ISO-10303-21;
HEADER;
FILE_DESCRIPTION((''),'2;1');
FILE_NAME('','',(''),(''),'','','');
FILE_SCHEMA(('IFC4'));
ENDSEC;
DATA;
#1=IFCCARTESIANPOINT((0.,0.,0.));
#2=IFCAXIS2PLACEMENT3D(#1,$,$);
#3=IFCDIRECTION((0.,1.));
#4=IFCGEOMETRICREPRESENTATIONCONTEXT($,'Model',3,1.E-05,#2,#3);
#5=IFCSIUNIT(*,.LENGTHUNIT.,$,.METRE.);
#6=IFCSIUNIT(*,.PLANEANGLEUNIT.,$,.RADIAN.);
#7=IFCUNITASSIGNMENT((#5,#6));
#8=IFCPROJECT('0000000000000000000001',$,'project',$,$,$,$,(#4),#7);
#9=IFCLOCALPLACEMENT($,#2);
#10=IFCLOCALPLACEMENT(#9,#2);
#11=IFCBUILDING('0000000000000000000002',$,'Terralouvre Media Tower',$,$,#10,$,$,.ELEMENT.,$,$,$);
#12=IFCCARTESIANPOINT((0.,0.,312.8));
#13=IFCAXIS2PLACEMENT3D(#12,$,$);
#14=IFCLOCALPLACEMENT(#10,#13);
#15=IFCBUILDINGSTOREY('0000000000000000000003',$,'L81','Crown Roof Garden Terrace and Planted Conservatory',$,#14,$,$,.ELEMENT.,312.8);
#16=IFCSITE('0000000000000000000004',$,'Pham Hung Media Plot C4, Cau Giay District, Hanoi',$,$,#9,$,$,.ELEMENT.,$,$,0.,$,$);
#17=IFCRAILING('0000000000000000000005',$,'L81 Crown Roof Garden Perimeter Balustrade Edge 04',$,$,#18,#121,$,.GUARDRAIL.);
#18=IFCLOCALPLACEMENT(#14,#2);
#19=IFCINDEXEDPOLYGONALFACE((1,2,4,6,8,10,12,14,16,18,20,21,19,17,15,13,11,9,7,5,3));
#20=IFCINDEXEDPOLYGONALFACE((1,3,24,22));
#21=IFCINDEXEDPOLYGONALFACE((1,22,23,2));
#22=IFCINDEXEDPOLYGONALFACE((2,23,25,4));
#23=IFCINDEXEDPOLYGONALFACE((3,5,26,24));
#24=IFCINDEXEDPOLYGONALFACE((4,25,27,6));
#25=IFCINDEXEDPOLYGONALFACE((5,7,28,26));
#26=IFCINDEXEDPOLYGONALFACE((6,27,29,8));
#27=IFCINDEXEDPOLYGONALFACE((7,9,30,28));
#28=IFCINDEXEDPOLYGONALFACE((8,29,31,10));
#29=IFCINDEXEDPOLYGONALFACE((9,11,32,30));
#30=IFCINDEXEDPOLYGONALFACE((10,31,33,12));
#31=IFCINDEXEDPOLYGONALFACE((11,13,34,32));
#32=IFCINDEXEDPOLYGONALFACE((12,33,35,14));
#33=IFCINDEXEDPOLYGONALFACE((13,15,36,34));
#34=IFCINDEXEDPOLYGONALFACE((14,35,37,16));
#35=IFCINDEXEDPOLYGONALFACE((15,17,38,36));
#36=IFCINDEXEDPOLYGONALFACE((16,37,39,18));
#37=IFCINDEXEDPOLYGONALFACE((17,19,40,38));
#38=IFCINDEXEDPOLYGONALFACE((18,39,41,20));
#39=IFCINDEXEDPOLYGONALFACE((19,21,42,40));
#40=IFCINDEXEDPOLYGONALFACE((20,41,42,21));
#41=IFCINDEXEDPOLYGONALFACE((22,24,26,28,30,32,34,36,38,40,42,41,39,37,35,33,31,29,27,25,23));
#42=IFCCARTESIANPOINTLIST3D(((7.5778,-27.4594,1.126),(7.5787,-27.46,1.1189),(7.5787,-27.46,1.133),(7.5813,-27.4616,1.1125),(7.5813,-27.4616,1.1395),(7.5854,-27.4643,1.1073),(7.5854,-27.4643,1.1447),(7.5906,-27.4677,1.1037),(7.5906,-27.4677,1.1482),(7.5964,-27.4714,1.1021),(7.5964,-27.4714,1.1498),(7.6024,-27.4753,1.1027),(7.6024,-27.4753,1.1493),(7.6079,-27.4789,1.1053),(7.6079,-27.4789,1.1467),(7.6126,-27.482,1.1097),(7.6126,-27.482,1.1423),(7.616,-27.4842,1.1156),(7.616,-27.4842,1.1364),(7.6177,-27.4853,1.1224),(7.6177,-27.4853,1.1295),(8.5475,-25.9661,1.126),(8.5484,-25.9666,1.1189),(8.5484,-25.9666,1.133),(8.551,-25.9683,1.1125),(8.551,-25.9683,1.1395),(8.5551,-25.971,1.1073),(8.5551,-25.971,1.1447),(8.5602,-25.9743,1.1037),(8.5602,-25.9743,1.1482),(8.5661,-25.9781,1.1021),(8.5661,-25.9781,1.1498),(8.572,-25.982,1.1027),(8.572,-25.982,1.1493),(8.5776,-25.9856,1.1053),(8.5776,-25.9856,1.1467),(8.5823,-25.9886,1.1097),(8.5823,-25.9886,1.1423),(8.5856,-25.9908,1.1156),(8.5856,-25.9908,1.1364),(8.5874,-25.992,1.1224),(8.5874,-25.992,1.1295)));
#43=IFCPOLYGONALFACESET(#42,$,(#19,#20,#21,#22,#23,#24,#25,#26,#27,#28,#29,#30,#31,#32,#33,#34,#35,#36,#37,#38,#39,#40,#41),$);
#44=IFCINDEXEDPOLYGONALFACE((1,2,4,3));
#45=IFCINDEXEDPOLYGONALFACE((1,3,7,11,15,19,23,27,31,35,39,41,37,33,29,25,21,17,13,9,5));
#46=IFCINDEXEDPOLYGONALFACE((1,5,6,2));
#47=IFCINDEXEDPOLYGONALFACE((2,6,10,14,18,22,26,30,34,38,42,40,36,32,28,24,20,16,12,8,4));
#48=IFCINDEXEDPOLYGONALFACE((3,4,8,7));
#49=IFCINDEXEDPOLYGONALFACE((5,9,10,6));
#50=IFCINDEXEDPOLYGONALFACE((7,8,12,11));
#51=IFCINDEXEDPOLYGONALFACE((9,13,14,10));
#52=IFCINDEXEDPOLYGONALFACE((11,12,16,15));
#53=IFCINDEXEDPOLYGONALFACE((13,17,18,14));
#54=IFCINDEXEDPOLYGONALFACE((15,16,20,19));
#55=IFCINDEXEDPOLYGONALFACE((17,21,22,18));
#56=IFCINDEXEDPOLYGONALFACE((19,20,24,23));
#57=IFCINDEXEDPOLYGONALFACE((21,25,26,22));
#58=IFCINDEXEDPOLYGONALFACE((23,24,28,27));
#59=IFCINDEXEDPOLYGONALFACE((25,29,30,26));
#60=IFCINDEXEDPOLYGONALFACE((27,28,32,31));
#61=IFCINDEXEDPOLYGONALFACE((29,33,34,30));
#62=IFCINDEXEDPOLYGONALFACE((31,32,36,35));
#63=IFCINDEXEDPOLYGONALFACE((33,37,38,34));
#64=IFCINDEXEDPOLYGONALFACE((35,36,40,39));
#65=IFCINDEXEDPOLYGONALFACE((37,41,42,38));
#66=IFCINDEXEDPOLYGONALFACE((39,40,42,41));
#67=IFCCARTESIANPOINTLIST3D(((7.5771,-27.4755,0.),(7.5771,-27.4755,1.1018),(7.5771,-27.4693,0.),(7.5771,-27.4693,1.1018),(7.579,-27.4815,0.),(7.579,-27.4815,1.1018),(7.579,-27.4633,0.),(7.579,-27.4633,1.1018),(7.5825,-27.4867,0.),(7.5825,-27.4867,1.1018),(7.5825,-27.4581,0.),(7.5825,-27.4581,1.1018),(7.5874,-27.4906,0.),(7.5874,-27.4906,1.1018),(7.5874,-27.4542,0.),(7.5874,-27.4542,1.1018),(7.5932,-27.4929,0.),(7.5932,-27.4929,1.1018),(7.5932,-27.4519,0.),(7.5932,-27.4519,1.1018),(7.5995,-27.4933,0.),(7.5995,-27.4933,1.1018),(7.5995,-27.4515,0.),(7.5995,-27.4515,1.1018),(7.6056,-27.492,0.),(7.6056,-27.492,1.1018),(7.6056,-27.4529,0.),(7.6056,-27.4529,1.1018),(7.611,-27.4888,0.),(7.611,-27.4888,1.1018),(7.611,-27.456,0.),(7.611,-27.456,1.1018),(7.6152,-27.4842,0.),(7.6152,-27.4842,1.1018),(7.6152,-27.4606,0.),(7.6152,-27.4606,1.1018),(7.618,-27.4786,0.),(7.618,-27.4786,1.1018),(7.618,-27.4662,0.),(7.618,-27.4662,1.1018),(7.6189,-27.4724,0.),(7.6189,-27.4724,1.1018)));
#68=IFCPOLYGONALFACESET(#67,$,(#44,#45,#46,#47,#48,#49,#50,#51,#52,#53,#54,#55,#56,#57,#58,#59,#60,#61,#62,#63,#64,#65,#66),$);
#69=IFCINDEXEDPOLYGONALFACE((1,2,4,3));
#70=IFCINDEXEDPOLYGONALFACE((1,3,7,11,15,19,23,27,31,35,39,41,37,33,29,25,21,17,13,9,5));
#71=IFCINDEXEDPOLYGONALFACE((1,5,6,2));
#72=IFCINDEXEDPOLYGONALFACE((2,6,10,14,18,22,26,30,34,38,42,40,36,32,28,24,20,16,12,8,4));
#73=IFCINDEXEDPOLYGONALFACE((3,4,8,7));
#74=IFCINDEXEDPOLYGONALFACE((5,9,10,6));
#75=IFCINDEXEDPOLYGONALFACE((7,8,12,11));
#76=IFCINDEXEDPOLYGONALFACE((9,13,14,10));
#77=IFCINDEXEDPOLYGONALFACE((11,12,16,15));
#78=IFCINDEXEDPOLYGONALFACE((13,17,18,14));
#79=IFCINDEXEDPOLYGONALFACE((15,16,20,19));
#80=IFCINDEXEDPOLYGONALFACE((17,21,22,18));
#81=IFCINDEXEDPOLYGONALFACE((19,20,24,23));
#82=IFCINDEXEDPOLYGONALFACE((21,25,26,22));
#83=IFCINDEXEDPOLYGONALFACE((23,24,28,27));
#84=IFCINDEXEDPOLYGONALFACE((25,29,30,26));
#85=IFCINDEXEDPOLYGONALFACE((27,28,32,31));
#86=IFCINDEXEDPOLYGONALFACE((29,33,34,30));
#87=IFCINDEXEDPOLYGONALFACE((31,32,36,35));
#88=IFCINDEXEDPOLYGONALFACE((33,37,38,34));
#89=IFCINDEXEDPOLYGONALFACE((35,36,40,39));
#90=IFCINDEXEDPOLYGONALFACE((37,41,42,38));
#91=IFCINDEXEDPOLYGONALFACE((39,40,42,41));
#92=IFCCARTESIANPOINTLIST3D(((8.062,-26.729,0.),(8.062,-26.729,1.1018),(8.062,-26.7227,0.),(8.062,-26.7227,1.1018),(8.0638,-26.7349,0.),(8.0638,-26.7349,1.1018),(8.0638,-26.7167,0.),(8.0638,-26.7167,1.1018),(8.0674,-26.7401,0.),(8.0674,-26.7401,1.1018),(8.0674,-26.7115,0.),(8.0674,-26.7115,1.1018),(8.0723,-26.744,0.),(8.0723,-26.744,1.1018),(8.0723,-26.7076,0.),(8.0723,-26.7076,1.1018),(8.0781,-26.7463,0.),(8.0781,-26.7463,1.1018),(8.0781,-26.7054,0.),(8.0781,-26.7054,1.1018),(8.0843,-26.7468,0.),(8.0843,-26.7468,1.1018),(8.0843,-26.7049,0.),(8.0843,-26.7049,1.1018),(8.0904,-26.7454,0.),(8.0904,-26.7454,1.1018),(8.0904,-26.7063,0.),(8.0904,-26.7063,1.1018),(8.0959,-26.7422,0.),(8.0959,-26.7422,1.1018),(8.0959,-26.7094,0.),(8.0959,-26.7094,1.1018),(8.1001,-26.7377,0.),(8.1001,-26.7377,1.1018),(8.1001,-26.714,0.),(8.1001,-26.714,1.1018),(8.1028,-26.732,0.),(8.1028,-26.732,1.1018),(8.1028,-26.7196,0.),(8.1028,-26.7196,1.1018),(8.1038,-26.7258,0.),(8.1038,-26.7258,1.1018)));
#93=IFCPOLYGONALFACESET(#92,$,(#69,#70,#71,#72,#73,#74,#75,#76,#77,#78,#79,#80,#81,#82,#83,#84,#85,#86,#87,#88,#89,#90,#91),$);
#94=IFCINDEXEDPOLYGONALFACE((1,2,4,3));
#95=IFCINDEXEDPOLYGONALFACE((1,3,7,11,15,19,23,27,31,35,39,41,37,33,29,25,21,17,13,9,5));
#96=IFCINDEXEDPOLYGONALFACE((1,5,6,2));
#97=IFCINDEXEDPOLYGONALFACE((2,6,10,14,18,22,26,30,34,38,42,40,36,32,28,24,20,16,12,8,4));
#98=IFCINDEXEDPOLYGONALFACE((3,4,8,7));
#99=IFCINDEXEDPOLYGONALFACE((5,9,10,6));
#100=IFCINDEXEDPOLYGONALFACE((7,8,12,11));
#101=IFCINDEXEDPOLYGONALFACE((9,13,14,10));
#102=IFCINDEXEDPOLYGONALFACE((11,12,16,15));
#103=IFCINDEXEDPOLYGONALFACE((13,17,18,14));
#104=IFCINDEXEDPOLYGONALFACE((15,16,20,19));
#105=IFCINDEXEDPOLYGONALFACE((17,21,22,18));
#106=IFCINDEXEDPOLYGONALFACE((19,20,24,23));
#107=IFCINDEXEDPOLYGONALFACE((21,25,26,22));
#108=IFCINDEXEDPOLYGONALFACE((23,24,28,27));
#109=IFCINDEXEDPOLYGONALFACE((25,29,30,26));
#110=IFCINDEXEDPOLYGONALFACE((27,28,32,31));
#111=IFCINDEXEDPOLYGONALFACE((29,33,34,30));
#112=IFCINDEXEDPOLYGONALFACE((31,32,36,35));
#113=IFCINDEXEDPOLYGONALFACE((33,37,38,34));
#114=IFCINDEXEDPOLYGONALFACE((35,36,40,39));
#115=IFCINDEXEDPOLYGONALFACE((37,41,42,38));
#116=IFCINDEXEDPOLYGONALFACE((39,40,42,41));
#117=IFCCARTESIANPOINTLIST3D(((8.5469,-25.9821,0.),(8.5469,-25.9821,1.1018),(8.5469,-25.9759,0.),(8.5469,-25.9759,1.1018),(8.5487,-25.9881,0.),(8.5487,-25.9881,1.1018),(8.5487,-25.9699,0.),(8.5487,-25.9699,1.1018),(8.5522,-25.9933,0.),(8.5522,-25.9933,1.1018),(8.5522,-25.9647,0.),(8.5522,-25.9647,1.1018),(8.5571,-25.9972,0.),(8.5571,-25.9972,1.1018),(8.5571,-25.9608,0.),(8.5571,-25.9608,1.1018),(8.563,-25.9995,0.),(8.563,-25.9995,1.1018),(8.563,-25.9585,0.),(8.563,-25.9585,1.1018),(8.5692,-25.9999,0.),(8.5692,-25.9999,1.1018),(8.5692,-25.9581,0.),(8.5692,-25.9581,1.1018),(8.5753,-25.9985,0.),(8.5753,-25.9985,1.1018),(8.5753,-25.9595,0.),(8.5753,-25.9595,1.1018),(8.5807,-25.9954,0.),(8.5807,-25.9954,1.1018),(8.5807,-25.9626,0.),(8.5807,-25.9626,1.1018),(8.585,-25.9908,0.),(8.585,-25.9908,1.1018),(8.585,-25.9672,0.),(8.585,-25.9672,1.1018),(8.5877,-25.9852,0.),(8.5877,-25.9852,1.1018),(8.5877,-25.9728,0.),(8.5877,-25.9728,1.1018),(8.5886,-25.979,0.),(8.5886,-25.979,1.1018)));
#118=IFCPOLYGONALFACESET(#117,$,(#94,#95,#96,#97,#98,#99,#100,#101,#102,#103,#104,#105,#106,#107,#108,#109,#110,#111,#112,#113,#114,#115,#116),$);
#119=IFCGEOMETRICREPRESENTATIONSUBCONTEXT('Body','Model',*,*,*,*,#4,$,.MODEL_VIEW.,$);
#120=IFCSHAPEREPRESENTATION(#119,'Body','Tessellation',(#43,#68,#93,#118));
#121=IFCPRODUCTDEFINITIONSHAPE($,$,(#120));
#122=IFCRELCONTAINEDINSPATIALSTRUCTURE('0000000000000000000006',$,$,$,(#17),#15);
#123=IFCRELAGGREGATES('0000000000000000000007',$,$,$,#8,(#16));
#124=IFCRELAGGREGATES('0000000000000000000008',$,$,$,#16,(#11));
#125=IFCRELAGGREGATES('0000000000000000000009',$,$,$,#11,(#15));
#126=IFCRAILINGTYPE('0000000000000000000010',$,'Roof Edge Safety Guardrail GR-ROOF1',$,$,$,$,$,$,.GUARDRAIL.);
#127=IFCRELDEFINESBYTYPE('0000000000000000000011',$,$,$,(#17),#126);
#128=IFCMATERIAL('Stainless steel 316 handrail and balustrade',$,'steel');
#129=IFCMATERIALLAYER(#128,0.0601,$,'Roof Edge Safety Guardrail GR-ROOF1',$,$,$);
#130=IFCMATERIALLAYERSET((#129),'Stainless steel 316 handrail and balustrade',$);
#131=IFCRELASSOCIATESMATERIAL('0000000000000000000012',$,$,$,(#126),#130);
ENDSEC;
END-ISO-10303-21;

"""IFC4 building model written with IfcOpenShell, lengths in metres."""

from ifc_helpers import new_model, si_unit, direction, frame, origin, origin_2d, place, context, subcontext, project, spatial, circle, extrude, material, layer, layer_set, type_object, element, save


model = new_model("IFC4")

# Units and contexts
model_context = context("Model", 3, precision=1e-05, world=origin(), true_north=direction((0.0, 1.0)))
body_context = subcontext(model_context, "Body", "Model", "MODEL_VIEW")
ifc_project = project(units=[si_unit("LENGTHUNIT", "METRE"), si_unit("PLANEANGLEUNIT", "RADIAN")], contexts=[model_context])

# Site, building, storey
site_placement = place(None, origin())
site = spatial("IfcSite", under=ifc_project, at=site_placement, Name="Pham Hung Media Plot C4, Cau Giay District, Hanoi", CompositionType="ELEMENT", RefElevation=0.0)
building_placement = place(site_placement, origin())
building = spatial("IfcBuilding", under=site, at=building_placement, Name="Terralouvre Media Tower", CompositionType="ELEMENT")
storey_placement = place(building_placement, frame((0.0, 0.0, 312.8)))
storey = spatial("IfcBuildingStorey", under=building, at=storey_placement, Name="L81", Description="Crown Roof Garden Terrace and Planted Conservatory", CompositionType="ELEMENT", Elevation=312.8)

# Railing
ifc_material_1 = material(Name="Stainless steel 316 handrail and balustrade", Category="steel")
ifc_layer_1 = layer(ifc_material_1, 0.0601, Name="Roof Edge Safety Guardrail GR-ROOF1")
ifc_layer_set_1 = layer_set([ifc_layer_1], Name="Stainless steel 316 handrail and balustrade")
railing_type = type_object("IfcRailingType", Name="Roof Edge Safety Guardrail GR-ROOF1", PredefinedType="GUARDRAIL", material=ifc_layer_set_1)
railing_1_placement = place(storey_placement, frame((7.5979, -27.4724, 0.0)))
element("IfcRailing", 1, at=railing_1_placement, inside=storey, type_object=railing_type, Name="L81 Crown Roof Garden Perimeter Balustrade Edge 04", PredefinedType="GUARDRAIL", context=body_context, shape_type="SweptSolid", body=[
    extrude(circle(Radius=0.0239, at=origin_2d()), frame((0.0, 0.0, 1.126), z_axis=(0.544598, 0.838697, 0.0), x_axis=(-0.838697, 0.544598, 0.0)), (0.0, 0.0, 1.0), 1.7805),
    extrude(circle(Radius=0.021, at=origin_2d()), origin(), (0.0, 0.0, 1.0), 1.1018),
    extrude(circle(Radius=0.021, at=origin_2d()), frame((0.4849, 0.7466, 0.0)), (0.0, 0.0, 1.0), 1.1018),
    extrude(circle(Radius=0.021, at=origin_2d()), frame((0.9697, 1.4934, 0.0)), (0.0, 0.0, 1.0), 1.1018),
])

save(model, "model.ifc")
